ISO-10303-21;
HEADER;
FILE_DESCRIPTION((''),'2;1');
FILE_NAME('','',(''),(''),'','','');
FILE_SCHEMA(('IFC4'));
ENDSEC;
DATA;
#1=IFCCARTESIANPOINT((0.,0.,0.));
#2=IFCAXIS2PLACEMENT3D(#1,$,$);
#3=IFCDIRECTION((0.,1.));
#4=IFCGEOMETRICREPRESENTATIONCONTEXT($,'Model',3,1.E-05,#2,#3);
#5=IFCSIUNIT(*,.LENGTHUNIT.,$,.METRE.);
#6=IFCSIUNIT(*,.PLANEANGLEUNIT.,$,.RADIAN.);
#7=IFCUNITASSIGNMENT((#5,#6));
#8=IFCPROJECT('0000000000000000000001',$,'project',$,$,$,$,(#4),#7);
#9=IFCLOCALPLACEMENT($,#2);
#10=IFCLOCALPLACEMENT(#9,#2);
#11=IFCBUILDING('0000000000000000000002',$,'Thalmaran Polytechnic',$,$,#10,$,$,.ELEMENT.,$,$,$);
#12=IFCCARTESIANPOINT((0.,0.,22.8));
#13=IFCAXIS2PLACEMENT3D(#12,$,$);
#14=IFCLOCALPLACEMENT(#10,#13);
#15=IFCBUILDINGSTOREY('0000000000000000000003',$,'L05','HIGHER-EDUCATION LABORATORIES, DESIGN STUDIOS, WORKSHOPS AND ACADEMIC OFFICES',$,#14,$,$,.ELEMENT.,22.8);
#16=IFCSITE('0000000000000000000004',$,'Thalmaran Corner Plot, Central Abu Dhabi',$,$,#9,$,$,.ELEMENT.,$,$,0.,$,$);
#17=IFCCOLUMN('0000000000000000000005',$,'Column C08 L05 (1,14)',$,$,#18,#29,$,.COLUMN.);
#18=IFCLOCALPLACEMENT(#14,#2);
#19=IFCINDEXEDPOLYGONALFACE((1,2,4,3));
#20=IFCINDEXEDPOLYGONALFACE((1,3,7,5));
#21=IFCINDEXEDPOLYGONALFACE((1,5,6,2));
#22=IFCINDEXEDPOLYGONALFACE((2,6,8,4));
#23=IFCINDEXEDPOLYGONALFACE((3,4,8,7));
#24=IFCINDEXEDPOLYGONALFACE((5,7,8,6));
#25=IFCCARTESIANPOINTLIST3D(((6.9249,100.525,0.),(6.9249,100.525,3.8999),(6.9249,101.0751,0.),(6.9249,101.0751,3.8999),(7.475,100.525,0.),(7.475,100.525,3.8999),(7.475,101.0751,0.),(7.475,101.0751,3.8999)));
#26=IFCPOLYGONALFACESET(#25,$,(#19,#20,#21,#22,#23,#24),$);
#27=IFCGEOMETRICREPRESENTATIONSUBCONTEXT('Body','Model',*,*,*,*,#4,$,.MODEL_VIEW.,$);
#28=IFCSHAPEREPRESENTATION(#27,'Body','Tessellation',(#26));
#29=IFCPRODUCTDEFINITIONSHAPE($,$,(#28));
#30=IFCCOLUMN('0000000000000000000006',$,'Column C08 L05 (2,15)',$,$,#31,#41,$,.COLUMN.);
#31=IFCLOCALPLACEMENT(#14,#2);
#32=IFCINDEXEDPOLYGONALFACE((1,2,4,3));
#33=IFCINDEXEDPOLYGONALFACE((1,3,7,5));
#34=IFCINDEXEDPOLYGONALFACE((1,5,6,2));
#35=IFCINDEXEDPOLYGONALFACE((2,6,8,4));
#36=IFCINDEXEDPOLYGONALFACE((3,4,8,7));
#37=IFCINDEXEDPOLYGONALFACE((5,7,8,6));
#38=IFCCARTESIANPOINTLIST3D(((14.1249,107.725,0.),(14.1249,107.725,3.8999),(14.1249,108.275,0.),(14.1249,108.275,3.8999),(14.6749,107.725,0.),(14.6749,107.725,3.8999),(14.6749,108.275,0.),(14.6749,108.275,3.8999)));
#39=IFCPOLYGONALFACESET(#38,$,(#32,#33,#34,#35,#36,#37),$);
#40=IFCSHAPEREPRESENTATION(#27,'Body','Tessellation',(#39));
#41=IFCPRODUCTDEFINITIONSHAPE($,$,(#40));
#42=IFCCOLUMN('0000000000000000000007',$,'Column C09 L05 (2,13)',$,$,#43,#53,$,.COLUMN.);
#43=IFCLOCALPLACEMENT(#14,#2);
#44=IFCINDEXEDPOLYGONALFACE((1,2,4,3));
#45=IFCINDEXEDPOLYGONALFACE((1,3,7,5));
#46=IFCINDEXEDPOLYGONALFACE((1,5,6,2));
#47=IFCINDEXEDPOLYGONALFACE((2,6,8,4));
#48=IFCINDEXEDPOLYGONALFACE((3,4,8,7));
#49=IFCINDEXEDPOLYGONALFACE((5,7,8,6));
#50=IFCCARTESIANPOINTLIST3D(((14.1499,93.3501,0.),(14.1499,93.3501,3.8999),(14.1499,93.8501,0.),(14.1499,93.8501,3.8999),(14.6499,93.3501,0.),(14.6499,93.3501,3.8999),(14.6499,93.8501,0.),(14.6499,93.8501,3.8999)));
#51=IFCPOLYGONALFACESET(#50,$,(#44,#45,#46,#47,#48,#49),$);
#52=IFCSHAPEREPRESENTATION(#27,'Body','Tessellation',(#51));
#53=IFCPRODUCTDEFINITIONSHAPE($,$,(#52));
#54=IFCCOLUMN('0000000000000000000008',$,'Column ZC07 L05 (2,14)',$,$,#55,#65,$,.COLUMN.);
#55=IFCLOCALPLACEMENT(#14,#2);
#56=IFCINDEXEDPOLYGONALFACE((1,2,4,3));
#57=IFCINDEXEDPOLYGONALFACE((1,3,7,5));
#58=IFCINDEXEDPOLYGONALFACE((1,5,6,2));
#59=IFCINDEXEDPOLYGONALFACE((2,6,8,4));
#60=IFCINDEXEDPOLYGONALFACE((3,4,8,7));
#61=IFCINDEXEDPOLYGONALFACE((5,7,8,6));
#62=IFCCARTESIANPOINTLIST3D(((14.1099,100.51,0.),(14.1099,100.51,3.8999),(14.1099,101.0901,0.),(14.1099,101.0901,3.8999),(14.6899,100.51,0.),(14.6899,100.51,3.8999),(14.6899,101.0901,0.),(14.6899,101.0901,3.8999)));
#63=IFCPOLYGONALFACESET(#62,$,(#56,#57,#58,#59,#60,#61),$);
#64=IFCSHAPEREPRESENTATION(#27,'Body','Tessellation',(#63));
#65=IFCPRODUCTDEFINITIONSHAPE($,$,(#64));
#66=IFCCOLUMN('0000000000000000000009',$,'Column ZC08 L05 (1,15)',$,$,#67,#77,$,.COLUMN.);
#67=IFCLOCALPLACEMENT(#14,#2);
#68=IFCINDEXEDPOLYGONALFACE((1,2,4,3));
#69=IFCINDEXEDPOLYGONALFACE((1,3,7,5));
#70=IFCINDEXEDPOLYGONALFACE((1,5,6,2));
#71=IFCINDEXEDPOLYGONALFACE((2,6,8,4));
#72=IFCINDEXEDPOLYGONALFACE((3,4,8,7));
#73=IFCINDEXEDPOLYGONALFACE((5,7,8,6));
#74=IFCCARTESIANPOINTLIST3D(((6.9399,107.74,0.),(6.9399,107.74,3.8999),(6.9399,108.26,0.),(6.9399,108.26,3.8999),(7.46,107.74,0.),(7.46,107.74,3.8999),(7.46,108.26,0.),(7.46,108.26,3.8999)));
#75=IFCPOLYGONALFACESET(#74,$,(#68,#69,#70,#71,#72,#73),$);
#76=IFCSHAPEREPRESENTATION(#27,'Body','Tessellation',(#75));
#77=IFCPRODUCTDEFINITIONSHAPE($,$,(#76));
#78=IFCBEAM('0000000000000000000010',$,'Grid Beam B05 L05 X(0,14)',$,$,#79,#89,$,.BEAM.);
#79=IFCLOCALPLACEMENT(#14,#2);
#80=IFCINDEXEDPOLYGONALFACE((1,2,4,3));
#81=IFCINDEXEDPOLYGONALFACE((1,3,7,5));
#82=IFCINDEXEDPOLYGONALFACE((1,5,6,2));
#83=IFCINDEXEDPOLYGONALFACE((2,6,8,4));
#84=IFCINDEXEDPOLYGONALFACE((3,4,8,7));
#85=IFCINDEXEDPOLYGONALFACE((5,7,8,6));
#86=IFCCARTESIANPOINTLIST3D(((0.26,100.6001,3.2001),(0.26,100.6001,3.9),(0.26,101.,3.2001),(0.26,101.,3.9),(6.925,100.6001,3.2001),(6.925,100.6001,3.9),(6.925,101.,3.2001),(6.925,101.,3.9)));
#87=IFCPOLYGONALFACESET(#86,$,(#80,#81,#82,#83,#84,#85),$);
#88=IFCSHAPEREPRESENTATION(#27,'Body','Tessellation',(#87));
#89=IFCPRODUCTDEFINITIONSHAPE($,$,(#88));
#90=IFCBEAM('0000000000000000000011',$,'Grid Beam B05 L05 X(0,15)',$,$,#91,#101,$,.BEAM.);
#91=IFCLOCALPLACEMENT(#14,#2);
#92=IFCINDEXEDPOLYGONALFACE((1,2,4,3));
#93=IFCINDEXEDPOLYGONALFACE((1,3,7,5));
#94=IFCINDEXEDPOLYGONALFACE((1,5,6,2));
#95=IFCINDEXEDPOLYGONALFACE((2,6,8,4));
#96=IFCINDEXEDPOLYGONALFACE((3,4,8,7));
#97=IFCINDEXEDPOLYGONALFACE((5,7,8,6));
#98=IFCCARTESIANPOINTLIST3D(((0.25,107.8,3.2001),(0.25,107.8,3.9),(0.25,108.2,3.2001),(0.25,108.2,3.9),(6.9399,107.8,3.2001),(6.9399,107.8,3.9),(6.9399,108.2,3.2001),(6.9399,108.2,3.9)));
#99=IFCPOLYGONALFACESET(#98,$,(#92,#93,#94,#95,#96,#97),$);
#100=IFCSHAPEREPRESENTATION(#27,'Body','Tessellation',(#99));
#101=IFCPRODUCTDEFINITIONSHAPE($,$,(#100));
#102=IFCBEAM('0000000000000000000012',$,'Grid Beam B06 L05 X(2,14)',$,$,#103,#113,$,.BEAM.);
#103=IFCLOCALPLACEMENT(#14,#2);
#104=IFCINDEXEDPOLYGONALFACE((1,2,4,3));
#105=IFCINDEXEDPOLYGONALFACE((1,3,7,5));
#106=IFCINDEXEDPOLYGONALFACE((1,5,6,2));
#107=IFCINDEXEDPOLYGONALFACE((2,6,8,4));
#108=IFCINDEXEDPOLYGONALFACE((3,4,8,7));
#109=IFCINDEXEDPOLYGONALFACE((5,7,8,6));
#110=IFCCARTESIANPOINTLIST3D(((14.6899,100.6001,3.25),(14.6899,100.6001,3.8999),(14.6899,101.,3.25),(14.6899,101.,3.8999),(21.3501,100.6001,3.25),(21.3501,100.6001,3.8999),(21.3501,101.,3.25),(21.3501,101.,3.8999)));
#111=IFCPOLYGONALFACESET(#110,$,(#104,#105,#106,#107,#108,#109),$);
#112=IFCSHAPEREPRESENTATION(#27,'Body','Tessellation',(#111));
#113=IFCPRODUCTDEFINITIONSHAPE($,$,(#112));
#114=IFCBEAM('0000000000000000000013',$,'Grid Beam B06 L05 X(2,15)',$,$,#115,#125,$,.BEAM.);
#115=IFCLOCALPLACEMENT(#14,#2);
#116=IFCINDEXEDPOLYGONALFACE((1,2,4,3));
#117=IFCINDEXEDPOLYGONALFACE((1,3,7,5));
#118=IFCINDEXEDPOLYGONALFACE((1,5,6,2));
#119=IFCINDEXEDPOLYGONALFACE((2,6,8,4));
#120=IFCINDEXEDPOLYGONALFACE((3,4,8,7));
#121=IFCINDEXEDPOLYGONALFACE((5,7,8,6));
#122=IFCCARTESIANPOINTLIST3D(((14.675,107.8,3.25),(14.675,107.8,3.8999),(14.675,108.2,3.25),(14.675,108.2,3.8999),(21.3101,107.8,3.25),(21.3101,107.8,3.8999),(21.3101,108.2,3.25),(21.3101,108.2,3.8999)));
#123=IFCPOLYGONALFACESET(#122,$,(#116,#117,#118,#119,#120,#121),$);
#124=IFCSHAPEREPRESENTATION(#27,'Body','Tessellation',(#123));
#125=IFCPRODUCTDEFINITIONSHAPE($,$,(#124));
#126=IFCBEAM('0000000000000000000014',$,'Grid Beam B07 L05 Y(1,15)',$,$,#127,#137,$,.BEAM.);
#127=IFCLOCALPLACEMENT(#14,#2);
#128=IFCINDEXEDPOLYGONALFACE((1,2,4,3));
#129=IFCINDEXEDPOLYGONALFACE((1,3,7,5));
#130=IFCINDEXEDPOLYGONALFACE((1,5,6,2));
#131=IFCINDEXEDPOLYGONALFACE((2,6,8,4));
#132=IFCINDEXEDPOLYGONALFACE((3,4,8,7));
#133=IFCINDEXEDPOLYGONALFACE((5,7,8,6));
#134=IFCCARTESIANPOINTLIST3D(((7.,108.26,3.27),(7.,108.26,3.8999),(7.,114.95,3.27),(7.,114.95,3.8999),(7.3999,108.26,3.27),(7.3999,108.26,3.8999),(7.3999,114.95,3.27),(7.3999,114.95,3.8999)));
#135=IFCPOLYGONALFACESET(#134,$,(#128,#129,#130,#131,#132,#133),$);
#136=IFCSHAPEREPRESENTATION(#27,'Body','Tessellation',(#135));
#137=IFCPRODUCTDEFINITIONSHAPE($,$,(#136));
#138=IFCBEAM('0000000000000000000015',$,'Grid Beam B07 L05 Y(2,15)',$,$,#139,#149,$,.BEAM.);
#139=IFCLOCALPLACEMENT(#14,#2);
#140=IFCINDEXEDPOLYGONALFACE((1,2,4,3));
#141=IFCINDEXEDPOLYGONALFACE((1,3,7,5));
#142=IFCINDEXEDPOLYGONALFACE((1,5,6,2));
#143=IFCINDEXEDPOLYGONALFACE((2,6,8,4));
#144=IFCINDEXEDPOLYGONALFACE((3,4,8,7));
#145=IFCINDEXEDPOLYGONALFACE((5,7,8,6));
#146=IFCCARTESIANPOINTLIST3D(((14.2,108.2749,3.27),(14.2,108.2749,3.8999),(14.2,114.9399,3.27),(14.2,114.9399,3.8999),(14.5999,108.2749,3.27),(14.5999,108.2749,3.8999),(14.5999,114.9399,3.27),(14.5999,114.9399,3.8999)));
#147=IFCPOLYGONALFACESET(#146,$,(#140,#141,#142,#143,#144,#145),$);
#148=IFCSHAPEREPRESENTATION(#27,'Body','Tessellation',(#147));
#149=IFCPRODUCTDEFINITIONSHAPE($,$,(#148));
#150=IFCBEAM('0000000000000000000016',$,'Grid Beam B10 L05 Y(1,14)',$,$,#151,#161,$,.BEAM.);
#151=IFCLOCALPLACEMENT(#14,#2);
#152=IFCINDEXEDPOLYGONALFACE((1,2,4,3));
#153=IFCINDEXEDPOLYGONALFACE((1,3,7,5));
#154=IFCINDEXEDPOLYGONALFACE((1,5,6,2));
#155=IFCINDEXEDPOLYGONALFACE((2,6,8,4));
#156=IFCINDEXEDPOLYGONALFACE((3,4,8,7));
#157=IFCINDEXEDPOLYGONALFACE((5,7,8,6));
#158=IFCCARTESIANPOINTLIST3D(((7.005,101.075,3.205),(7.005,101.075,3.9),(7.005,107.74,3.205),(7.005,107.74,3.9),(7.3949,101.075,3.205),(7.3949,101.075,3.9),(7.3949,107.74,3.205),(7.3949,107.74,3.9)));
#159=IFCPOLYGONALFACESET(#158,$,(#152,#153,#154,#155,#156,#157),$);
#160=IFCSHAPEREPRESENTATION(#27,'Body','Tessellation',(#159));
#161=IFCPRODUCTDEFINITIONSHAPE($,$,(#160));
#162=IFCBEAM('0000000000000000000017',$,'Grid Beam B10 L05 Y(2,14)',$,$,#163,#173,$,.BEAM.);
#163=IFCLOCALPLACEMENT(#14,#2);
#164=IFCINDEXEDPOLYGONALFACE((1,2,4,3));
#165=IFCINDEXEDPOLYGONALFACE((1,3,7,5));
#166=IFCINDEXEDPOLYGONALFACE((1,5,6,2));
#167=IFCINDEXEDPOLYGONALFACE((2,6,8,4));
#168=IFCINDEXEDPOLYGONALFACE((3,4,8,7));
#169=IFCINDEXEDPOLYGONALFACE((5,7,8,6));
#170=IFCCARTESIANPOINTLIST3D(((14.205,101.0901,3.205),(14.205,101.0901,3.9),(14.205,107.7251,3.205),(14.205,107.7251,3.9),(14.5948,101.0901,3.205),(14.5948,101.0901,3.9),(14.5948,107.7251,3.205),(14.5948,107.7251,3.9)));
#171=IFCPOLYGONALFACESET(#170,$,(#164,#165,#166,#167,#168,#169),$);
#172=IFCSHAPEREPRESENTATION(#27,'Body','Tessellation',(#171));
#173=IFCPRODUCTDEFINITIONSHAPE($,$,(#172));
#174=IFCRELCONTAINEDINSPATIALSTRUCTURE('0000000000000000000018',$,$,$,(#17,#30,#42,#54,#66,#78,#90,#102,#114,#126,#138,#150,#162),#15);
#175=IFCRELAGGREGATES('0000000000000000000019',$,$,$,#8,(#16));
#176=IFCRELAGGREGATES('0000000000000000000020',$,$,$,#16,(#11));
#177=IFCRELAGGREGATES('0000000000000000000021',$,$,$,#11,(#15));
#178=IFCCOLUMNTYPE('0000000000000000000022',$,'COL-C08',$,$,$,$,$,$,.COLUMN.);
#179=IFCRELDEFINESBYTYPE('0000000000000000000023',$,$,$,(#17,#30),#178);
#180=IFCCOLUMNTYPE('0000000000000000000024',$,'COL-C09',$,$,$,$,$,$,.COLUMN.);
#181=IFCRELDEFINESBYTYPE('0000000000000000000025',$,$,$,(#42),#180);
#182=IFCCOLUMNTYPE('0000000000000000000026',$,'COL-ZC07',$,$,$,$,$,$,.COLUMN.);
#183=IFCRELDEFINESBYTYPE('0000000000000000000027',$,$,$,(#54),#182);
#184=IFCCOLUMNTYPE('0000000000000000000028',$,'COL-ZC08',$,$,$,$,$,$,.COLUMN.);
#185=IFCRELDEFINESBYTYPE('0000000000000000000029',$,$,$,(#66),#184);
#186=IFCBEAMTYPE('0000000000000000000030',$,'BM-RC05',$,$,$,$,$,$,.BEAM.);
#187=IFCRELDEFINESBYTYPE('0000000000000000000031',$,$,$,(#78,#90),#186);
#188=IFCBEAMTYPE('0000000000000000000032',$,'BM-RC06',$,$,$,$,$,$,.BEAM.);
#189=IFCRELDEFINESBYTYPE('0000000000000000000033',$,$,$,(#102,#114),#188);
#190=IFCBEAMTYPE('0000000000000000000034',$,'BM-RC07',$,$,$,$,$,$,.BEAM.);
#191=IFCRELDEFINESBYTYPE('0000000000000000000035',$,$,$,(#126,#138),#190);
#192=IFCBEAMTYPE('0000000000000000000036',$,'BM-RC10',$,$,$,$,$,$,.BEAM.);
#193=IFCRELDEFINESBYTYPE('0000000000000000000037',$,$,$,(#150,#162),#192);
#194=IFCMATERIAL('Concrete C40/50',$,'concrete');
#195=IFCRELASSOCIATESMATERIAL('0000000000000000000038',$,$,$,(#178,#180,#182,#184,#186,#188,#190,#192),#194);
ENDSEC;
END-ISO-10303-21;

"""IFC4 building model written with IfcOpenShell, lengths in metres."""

from ifc_helpers import new_model, si_unit, direction, frame, origin, origin_2d, place, context, subcontext, project, spatial, rectangle, extrude, material, material_profile, profile_set, type_object, element, save


model = new_model("IFC4")

# Units and contexts
model_context = context("Model", 3, precision=1e-05, world=origin(), true_north=direction((0.0, 1.0)))
body_context = subcontext(model_context, "Body", "Model", "MODEL_VIEW")
ifc_project = project(units=[si_unit("LENGTHUNIT", "METRE"), si_unit("PLANEANGLEUNIT", "RADIAN")], contexts=[model_context])

# Site, building, storey
site_placement = place(None, origin())
site = spatial("IfcSite", under=ifc_project, at=site_placement, Name="Thalmaran Corner Plot, Central Abu Dhabi", CompositionType="ELEMENT", RefElevation=0.0)
building_placement = place(site_placement, origin())
building = spatial("IfcBuilding", under=site, at=building_placement, Name="Thalmaran Polytechnic", CompositionType="ELEMENT")
storey_placement = place(building_placement, frame((0.0, 0.0, 22.8)))
storey = spatial("IfcBuildingStorey", under=building, at=storey_placement, Name="L05", Description="HIGHER-EDUCATION LABORATORIES, DESIGN STUDIOS, WORKSHOPS AND ACADEMIC OFFICES", CompositionType="ELEMENT", Elevation=22.8)

# Columns
ifc_material_1 = material(Name="Concrete C40/50", Category="concrete")
ifc_material_profile_1 = material_profile(ifc_material_1, rectangle(XDim=0.55, YDim=0.55, at=origin_2d()), Name="RC 550x550")
ifc_profile_set_1 = profile_set([ifc_material_profile_1], Name="Concrete C40/50")
column_type_1 = type_object("IfcColumnType", Name="COL-C08", PredefinedType="COLUMN", material=ifc_profile_set_1)
for number, where, z_axis, x_axis, name in (
    (1, (7.2, 100.8, 0.0), (0.0, 0.0, 1.0), (1.0, 0.0, 0.0), "Column C08 L05 (1,14)"),
    (2, (14.3999, 108.0, 0.0), (0.0, 0.0, 1.0), (1.0, 0.0, 0.0), "Column C08 L05 (2,15)"),
):
    element("IfcColumn", number, at=place(storey_placement, frame(where, z_axis=z_axis, x_axis=x_axis)), inside=storey, type_object=column_type_1, Name=name, PredefinedType="COLUMN", context=body_context, shape_type="SweptSolid", body=[
        extrude(rectangle(XDim=0.55, YDim=0.55, at=origin_2d()), origin(), (0.0, 0.0, 1.0), 3.8999),
    ])
ifc_material_profile_2 = material_profile(ifc_material_1, rectangle(XDim=0.5, YDim=0.5, at=origin_2d()), Name="RC 500x500")
ifc_profile_set_2 = profile_set([ifc_material_profile_2], Name="Concrete C40/50")
column_type_2 = type_object("IfcColumnType", Name="COL-C09", PredefinedType="COLUMN", material=ifc_profile_set_2)
column_1_placement = place(storey_placement, frame((14.3999, 93.6001, 0.0), z_axis=(0.0, 0.0, 1.0), x_axis=(1.0, 0.0, 0.0)))
element("IfcColumn", 3, at=column_1_placement, inside=storey, type_object=column_type_2, Name="Column C09 L05 (2,13)", PredefinedType="COLUMN", context=body_context, shape_type="SweptSolid", body=[
    extrude(rectangle(XDim=0.5, YDim=0.5, at=origin_2d()), origin(), (0.0, 0.0, 1.0), 3.8999),
])
ifc_material_profile_3 = material_profile(ifc_material_1, rectangle(XDim=0.5801, YDim=0.5801, at=origin_2d()), Name="RC 580x580")
ifc_profile_set_3 = profile_set([ifc_material_profile_3], Name="Concrete C40/50")
column_type_3 = type_object("IfcColumnType", Name="COL-ZC07", PredefinedType="COLUMN", material=ifc_profile_set_3)
column_2_placement = place(storey_placement, frame((14.3999, 100.8, 0.0), z_axis=(0.0, 0.0, 1.0), x_axis=(1.0, 0.0, 0.0)))
element("IfcColumn", 4, at=column_2_placement, inside=storey, type_object=column_type_3, Name="Column ZC07 L05 (2,14)", PredefinedType="COLUMN", context=body_context, shape_type="SweptSolid", body=[
    extrude(rectangle(XDim=0.5801, YDim=0.5801, at=origin_2d()), origin(), (0.0, 0.0, 1.0), 3.8999),
])
ifc_material_profile_4 = material_profile(ifc_material_1, rectangle(XDim=0.52, YDim=0.52, at=origin_2d()), Name="RC 520x520")
ifc_profile_set_4 = profile_set([ifc_material_profile_4], Name="Concrete C40/50")
column_type_4 = type_object("IfcColumnType", Name="COL-ZC08", PredefinedType="COLUMN", material=ifc_profile_set_4)
column_3_placement = place(storey_placement, frame((7.2, 108.0, 0.0), z_axis=(0.0, 0.0, 1.0), x_axis=(1.0, 0.0, 0.0)))
element("IfcColumn", 5, at=column_3_placement, inside=storey, type_object=column_type_4, Name="Column ZC08 L05 (1,15)", PredefinedType="COLUMN", context=body_context, shape_type="SweptSolid", body=[
    extrude(rectangle(XDim=0.52, YDim=0.52, at=origin_2d()), origin(), (0.0, 0.0, 1.0), 3.8999),
])

# Beams
ifc_material_profile_5 = material_profile(ifc_material_1, rectangle(XDim=0.3999, YDim=0.7, at=origin_2d()), Name="RC 400x700")
ifc_profile_set_5 = profile_set([ifc_material_profile_5], Name="Concrete C40/50")
beam_type_1 = type_object("IfcBeamType", Name="BM-RC05", PredefinedType="BEAM", material=ifc_profile_set_5)
beam_1_placement = place(storey_placement, frame((0.26, 100.8, 3.55), z_axis=(1.0, 0.0, 0.0), x_axis=(0.0, 1.0, 0.0)))
element("IfcBeam", 6, at=beam_1_placement, inside=storey, type_object=beam_type_1, Name="Grid Beam B05 L05 X(0,14)", PredefinedType="BEAM", context=body_context, shape_type="SweptSolid", body=[
    extrude(rectangle(XDim=0.3999, YDim=0.7, at=origin_2d()), origin(), (0.0, 0.0, 1.0), 6.665),
])
beam_2_placement = place(storey_placement, frame((0.25, 108.0, 3.55), z_axis=(1.0, 0.0, 0.0), x_axis=(0.0, 1.0, 0.0)))
element("IfcBeam", 7, at=beam_2_placement, inside=storey, type_object=beam_type_1, Name="Grid Beam B05 L05 X(0,15)", PredefinedType="BEAM", context=body_context, shape_type="SweptSolid", body=[
    extrude(rectangle(XDim=0.3999, YDim=0.7, at=origin_2d()), origin(), (0.0, 0.0, 1.0), 6.6899),
])
ifc_material_profile_6 = material_profile(ifc_material_1, rectangle(XDim=0.3999, YDim=0.6499, at=origin_2d()), Name="RC 400x650")
ifc_profile_set_6 = profile_set([ifc_material_profile_6], Name="Concrete C40/50")
beam_type_2 = type_object("IfcBeamType", Name="BM-RC06", PredefinedType="BEAM", material=ifc_profile_set_6)
beam_3_placement = place(storey_placement, frame((14.6899, 100.8, 3.575), z_axis=(1.0, 0.0, 0.0), x_axis=(0.0, 1.0, 0.0)))
element("IfcBeam", 8, at=beam_3_placement, inside=storey, type_object=beam_type_2, Name="Grid Beam B06 L05 X(2,14)", PredefinedType="BEAM", context=body_context, shape_type="SweptSolid", body=[
    extrude(rectangle(XDim=0.3999, YDim=0.6499, at=origin_2d()), origin(), (0.0, 0.0, 1.0), 6.6602),
])
beam_4_placement = place(storey_placement, frame((14.675, 108.0, 3.575), z_axis=(1.0, 0.0, 0.0), x_axis=(0.0, 1.0, 0.0)))
element("IfcBeam", 9, at=beam_4_placement, inside=storey, type_object=beam_type_2, Name="Grid Beam B06 L05 X(2,15)", PredefinedType="BEAM", context=body_context, shape_type="SweptSolid", body=[
    extrude(rectangle(XDim=0.3999, YDim=0.6499, at=origin_2d()), origin(), (0.0, 0.0, 1.0), 6.635),
])
ifc_material_profile_7 = material_profile(ifc_material_1, rectangle(XDim=0.3999, YDim=0.6299, at=origin_2d()), Name="RC 400x630")
ifc_profile_set_7 = profile_set([ifc_material_profile_7], Name="Concrete C40/50")
beam_type_3 = type_object("IfcBeamType", Name="BM-RC07", PredefinedType="BEAM", material=ifc_profile_set_7)
beam_5_placement = place(storey_placement, frame((7.2, 108.26, 3.585), z_axis=(0.0, 1.0, 0.0), x_axis=(-1.0, 0.0, 0.0)))
element("IfcBeam", 10, at=beam_5_placement, inside=storey, type_object=beam_type_3, Name="Grid Beam B07 L05 Y(1,15)", PredefinedType="BEAM", context=body_context, shape_type="SweptSolid", body=[
    extrude(rectangle(XDim=0.3999, YDim=0.6299, at=origin_2d()), origin(), (0.0, 0.0, 1.0), 6.6899),
])
beam_6_placement = place(storey_placement, frame((14.3999, 108.2749, 3.585), z_axis=(0.0, 1.0, 0.0), x_axis=(-1.0, 0.0, 0.0)))
element("IfcBeam", 11, at=beam_6_placement, inside=storey, type_object=beam_type_3, Name="Grid Beam B07 L05 Y(2,15)", PredefinedType="BEAM", context=body_context, shape_type="SweptSolid", body=[
    extrude(rectangle(XDim=0.3999, YDim=0.6299, at=origin_2d()), origin(), (0.0, 0.0, 1.0), 6.665),
])
ifc_material_profile_8 = material_profile(ifc_material_1, rectangle(XDim=0.3899, YDim=0.6951, at=origin_2d()), Name="RC 390x695")
ifc_profile_set_8 = profile_set([ifc_material_profile_8], Name="Concrete C40/50")
beam_type_4 = type_object("IfcBeamType", Name="BM-RC10", PredefinedType="BEAM", material=ifc_profile_set_8)
beam_7_placement = place(storey_placement, frame((7.2, 101.075, 3.5525), z_axis=(0.0, 1.0, 0.0), x_axis=(-1.0, 0.0, 0.0)))
element("IfcBeam", 12, at=beam_7_placement, inside=storey, type_object=beam_type_4, Name="Grid Beam B10 L05 Y(1,14)", PredefinedType="BEAM", context=body_context, shape_type="SweptSolid", body=[
    extrude(rectangle(XDim=0.3899, YDim=0.6951, at=origin_2d()), origin(), (0.0, 0.0, 1.0), 6.665),
])
beam_8_placement = place(storey_placement, frame((14.3999, 101.0901, 3.5525), z_axis=(0.0, 1.0, 0.0), x_axis=(-1.0, 0.0, 0.0)))
element("IfcBeam", 13, at=beam_8_placement, inside=storey, type_object=beam_type_4, Name="Grid Beam B10 L05 Y(2,14)", PredefinedType="BEAM", context=body_context, shape_type="SweptSolid", body=[
    extrude(rectangle(XDim=0.3899, YDim=0.6951, at=origin_2d()), origin(), (0.0, 0.0, 1.0), 6.635),
])

save(model, "model.ifc")
